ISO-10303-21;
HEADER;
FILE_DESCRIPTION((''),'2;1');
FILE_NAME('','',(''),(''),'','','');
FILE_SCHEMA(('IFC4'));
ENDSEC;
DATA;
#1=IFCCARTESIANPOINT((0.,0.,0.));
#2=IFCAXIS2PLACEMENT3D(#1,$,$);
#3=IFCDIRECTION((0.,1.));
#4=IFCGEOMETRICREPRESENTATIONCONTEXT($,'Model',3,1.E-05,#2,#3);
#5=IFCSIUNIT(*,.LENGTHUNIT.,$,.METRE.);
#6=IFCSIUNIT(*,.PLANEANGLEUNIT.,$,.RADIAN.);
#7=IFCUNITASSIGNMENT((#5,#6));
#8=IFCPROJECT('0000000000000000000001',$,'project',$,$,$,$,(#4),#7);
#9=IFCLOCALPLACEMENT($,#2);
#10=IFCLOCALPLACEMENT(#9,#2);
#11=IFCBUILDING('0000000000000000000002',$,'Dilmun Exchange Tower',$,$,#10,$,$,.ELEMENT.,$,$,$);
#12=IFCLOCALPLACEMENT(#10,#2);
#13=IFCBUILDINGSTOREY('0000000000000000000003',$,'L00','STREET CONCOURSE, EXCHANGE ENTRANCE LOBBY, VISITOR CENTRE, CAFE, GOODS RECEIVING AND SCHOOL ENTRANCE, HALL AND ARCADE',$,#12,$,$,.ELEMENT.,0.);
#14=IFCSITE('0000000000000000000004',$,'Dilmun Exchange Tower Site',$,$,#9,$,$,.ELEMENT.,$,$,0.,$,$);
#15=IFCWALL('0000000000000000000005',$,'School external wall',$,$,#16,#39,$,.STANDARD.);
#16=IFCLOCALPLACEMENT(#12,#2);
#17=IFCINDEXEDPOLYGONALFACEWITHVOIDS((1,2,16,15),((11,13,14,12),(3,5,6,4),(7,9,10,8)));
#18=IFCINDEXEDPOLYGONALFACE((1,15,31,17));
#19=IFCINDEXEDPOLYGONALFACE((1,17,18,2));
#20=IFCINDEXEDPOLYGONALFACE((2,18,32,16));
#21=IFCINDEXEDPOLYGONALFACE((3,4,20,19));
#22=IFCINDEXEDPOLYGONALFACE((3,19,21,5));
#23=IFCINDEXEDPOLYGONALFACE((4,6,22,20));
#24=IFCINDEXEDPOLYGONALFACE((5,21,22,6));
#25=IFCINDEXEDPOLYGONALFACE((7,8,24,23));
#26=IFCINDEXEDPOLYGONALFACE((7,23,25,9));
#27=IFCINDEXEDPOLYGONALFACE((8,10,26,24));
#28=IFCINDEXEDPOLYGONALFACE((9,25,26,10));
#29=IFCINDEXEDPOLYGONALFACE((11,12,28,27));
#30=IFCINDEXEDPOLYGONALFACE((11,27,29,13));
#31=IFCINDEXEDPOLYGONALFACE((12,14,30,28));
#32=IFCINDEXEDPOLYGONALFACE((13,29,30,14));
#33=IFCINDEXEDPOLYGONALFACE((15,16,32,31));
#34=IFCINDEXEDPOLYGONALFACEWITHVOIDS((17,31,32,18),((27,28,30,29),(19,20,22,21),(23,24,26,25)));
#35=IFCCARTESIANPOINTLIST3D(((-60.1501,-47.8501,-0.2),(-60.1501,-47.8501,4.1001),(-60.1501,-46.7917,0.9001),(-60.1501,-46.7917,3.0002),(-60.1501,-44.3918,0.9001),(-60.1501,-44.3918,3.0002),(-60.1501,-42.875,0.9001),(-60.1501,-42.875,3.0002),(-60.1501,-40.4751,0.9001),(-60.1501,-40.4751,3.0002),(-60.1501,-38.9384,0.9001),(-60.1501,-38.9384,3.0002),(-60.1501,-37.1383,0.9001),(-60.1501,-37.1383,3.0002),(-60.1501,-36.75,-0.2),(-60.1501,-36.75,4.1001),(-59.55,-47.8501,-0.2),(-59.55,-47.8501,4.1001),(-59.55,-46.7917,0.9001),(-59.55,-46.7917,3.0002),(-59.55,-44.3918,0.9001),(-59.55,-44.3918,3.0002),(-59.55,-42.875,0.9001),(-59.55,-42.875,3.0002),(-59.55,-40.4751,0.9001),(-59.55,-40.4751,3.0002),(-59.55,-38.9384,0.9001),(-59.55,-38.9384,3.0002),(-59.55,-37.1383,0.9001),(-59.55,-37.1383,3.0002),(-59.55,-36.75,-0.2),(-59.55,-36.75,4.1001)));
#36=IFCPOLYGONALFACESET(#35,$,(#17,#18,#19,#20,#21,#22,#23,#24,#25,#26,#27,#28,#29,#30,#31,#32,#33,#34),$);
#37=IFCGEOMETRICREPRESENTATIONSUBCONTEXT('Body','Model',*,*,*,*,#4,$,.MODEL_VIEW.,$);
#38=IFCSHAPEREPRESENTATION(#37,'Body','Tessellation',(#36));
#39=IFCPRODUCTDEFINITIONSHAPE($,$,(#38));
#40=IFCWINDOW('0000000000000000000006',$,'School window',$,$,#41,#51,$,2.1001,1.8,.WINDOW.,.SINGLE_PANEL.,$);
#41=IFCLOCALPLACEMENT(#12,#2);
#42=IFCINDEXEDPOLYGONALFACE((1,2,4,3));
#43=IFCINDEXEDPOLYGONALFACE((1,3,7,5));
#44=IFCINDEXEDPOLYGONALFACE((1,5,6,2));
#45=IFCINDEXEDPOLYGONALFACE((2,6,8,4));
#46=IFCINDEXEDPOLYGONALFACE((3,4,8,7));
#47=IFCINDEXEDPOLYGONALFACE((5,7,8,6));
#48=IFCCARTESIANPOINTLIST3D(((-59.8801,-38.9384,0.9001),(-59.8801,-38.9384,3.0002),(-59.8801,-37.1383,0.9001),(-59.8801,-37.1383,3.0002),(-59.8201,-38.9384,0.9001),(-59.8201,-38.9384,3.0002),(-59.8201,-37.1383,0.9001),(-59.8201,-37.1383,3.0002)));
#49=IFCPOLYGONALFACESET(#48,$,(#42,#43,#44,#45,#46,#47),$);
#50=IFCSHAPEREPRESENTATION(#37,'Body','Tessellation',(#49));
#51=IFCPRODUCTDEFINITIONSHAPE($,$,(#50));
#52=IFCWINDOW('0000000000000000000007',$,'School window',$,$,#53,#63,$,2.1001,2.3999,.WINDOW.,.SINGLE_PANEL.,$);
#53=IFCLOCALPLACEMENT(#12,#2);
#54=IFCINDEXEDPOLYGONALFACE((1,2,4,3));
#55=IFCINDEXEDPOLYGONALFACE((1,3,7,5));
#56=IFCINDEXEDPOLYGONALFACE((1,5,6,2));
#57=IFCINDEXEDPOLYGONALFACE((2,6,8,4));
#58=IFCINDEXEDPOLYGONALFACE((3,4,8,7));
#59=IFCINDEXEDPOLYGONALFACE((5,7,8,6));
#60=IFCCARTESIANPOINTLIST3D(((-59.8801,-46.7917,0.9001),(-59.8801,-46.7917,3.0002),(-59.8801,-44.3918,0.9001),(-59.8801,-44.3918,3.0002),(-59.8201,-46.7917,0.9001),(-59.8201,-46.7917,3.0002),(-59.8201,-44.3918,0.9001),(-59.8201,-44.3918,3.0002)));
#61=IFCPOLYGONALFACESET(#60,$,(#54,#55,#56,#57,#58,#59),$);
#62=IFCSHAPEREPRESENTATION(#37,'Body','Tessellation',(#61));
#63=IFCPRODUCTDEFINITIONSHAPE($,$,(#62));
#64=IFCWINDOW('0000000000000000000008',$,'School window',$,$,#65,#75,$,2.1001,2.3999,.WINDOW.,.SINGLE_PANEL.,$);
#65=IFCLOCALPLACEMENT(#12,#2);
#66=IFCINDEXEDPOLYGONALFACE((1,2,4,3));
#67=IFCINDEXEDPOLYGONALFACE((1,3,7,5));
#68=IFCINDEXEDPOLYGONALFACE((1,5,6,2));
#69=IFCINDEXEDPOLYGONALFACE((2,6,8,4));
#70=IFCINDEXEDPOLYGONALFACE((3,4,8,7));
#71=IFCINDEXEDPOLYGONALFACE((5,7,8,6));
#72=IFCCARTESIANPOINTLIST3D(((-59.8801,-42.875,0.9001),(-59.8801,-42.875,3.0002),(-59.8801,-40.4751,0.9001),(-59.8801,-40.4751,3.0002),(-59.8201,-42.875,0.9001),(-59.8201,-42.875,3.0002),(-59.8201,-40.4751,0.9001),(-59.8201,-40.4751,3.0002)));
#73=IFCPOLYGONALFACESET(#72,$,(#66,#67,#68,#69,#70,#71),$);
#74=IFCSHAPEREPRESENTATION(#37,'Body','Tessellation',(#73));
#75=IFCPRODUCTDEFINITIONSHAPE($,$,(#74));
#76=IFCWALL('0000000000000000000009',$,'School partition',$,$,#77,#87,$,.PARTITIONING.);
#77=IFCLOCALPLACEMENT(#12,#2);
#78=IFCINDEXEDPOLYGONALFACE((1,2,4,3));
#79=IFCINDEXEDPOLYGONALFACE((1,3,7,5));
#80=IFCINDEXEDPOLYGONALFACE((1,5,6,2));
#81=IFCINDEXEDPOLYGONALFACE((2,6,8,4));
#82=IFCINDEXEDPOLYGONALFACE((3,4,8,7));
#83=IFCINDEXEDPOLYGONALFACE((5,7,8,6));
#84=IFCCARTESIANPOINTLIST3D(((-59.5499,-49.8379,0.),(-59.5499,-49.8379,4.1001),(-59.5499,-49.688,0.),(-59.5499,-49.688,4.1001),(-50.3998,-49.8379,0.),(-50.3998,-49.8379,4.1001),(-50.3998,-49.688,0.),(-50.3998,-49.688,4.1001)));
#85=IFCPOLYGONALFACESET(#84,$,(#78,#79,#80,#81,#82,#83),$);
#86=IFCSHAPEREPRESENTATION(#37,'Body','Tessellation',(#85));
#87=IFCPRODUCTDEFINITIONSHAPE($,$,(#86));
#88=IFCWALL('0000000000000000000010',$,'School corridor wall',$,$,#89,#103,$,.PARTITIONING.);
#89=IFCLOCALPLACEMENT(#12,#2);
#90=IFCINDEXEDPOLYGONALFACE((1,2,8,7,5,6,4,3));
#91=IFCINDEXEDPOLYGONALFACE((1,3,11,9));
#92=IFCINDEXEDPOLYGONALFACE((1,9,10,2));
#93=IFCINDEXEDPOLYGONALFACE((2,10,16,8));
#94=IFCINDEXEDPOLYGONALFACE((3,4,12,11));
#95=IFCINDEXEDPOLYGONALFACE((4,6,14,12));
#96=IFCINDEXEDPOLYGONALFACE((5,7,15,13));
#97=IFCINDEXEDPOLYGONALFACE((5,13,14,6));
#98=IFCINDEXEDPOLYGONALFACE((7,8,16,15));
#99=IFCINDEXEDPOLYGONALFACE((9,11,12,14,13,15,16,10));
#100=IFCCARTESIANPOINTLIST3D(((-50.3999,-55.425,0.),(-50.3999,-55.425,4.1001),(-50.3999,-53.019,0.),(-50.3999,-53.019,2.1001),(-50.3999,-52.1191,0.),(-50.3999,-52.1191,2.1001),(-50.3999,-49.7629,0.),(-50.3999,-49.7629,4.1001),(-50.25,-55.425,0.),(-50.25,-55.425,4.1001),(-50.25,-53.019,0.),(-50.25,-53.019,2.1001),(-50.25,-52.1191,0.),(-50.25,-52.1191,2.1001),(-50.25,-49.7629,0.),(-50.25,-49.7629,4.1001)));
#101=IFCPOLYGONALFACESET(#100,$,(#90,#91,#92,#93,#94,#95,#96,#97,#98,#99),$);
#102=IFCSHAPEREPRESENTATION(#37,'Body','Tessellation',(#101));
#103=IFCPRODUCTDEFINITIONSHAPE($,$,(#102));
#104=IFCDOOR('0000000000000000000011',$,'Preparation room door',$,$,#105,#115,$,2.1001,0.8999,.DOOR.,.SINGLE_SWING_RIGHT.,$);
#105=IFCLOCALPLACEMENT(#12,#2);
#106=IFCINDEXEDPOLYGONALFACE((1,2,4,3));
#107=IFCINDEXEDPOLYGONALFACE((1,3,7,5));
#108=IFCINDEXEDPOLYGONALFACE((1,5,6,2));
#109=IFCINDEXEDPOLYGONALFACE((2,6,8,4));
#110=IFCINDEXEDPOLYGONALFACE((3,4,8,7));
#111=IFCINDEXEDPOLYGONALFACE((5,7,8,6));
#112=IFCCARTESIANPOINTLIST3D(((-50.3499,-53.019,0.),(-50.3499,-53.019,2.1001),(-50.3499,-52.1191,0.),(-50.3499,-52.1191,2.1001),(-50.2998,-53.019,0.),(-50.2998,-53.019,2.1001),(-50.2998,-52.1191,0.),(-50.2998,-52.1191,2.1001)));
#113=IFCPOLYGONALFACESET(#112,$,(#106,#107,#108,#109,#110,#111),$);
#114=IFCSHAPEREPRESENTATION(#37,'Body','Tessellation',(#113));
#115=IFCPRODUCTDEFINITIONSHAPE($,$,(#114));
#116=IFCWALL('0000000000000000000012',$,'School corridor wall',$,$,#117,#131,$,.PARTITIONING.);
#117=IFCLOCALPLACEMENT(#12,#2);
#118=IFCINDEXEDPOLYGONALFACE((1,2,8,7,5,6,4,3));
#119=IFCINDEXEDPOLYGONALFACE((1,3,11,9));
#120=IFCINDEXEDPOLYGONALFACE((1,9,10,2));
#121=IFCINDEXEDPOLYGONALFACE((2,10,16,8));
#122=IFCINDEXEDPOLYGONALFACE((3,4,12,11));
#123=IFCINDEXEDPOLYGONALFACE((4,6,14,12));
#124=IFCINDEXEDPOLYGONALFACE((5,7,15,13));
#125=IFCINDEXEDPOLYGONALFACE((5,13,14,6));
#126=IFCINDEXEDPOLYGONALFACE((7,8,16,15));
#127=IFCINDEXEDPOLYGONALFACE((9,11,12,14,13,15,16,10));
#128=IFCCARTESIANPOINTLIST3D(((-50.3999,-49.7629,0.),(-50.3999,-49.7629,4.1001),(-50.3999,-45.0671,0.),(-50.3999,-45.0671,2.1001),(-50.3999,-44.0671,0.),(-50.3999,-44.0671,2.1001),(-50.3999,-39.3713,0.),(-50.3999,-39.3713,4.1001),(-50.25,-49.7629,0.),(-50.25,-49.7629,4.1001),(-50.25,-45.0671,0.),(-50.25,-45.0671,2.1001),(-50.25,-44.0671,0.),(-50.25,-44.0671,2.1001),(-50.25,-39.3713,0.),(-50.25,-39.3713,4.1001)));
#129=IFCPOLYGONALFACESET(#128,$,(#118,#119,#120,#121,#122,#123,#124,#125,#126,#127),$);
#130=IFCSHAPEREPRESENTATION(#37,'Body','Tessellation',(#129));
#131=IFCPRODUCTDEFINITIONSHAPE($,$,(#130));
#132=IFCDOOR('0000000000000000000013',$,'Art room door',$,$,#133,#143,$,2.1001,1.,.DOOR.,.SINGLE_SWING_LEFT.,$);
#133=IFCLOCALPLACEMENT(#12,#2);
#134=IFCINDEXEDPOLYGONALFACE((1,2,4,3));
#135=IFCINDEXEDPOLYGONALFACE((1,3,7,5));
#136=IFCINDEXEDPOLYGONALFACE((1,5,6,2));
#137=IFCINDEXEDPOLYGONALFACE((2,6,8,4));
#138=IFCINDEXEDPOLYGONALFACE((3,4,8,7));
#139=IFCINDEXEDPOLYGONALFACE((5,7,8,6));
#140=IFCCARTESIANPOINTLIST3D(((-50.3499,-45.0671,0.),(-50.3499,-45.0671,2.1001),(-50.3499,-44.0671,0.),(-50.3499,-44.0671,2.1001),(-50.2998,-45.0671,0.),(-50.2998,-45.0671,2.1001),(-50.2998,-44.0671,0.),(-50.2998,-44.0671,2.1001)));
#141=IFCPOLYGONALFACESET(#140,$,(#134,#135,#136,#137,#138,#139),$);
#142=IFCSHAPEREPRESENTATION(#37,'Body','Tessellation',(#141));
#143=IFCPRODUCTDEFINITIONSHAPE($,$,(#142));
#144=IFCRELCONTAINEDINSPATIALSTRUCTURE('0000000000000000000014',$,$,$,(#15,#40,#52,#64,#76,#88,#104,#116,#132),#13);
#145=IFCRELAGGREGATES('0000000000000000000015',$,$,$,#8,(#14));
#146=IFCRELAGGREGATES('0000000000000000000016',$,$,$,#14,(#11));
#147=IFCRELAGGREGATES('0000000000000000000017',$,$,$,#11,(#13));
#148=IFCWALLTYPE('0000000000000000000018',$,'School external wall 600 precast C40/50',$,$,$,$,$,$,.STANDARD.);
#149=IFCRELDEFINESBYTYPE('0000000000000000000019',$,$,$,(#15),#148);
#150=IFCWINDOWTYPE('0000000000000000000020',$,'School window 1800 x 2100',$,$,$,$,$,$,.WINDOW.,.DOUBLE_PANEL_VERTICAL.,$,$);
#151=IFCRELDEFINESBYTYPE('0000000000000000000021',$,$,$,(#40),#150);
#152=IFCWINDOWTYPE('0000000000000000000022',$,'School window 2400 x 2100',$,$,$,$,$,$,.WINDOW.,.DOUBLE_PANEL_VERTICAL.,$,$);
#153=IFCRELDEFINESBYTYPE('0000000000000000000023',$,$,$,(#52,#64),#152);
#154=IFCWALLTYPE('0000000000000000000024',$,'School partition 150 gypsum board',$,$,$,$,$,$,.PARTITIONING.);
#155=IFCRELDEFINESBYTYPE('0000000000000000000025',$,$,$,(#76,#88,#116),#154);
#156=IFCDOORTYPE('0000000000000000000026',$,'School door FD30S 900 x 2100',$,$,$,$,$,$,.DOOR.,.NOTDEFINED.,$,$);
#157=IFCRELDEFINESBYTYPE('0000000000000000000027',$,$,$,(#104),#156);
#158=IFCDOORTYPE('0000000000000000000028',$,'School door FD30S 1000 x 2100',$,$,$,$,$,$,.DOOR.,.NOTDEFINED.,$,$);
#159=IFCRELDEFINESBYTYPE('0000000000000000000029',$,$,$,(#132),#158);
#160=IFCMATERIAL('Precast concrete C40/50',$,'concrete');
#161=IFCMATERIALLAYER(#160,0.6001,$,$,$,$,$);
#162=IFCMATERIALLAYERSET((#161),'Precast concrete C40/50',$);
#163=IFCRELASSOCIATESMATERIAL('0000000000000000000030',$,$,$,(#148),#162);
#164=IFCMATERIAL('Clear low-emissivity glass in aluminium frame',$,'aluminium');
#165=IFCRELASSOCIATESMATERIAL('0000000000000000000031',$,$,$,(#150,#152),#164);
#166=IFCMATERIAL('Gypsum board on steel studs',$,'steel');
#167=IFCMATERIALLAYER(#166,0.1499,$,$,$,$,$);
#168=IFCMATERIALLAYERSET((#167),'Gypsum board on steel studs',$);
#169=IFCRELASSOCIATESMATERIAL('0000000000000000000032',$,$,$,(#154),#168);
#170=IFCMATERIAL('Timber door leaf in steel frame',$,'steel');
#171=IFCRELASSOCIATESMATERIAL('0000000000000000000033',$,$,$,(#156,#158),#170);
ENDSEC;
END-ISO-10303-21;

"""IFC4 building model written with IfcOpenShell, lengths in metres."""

from ifc_helpers import new_model, si_unit, direction, frame, frame_2d, origin, place, context, subcontext, project, spatial, rectangle, extrude, material, layer, layer_set, type_object, element, fill, save


model = new_model("IFC4")

# Units and contexts
model_context = context("Model", 3, precision=1e-05, world=origin(), true_north=direction((0.0, 1.0)))
body_context = subcontext(model_context, "Body", "Model", "MODEL_VIEW")
ifc_project = project(units=[si_unit("LENGTHUNIT", "METRE"), si_unit("PLANEANGLEUNIT", "RADIAN")], contexts=[model_context])

# Site, building, storey
site_placement = place(None, origin())
site = spatial("IfcSite", under=ifc_project, at=site_placement, Name="Dilmun Exchange Tower Site", CompositionType="ELEMENT", RefElevation=0.0)
building_placement = place(site_placement, origin())
building = spatial("IfcBuilding", under=site, at=building_placement, Name="Dilmun Exchange Tower", CompositionType="ELEMENT")
storey_placement = place(building_placement, origin())
storey = spatial("IfcBuildingStorey", under=building, at=storey_placement, Name="L00", Description="STREET CONCOURSE, EXCHANGE ENTRANCE LOBBY, VISITOR CENTRE, CAFE, GOODS RECEIVING AND SCHOOL ENTRANCE, HALL AND ARCADE", CompositionType="ELEMENT", Elevation=0.0)

# Wall, openings, windows
ifc_material_1 = material(Name="Precast concrete C40/50", Category="concrete")
ifc_layer_1 = layer(ifc_material_1, 0.6001)
ifc_layer_set_1 = layer_set([ifc_layer_1], Name="Precast concrete C40/50")
wall_type_1 = type_object("IfcWallType", Name="School external wall 600 precast C40/50", PredefinedType="STANDARD", material=ifc_layer_set_1)
wall_1_placement = place(storey_placement, frame((-59.8501, -47.8501, -0.2), z_axis=(0.0, 0.0, 1.0), x_axis=(0.0, 1.0, 0.0)))
wall_1 = element("IfcWall", 1, at=wall_1_placement, inside=storey, type_object=wall_type_1, Name="School external wall", PredefinedType="STANDARD", context=body_context, shape_type="SweptSolid", body=[
    extrude(rectangle(XDim=11.1001, YDim=0.6001, at=frame_2d((5.55, 0.0))), origin(), (0.0, 0.0, 1.0), 4.3),
])
opening_1_placement = place(wall_1_placement, frame((1.0583, 0.0, 1.1001)))
opening_1 = element("IfcOpeningElement", 2, at=opening_1_placement, cuts=wall_1, PredefinedType="OPENING", context=body_context, shape_type="SweptSolid", body=[
    extrude(rectangle(XDim=2.3999, YDim=2.1001, at=frame_2d((1.2, 1.05))), frame((0.0, 0.3101, 0.0), z_axis=(0.0, -1.0, 0.0), x_axis=(1.0, 0.0, 0.0)), (0.0, 0.0, 1.0), 0.6201),
])
opening_2_placement = place(wall_1_placement, frame((4.9751, 0.0, 1.1001)))
opening_2 = element("IfcOpeningElement", 3, at=opening_2_placement, cuts=wall_1, PredefinedType="OPENING", context=body_context, shape_type="SweptSolid", body=[
    extrude(rectangle(XDim=2.3999, YDim=2.1001, at=frame_2d((1.2, 1.05))), frame((0.0, 0.3101, 0.0), z_axis=(0.0, -1.0, 0.0), x_axis=(1.0, 0.0, 0.0)), (0.0, 0.0, 1.0), 0.6201),
])
opening_3_placement = place(wall_1_placement, frame((8.9119, 0.0, 1.1001)))
opening_3 = element("IfcOpeningElement", 4, at=opening_3_placement, cuts=wall_1, PredefinedType="OPENING", context=body_context, shape_type="SweptSolid", body=[
    extrude(rectangle(XDim=1.8, YDim=2.1001, at=frame_2d((0.8999, 1.05))), frame((0.0, 0.3101, 0.0), z_axis=(0.0, -1.0, 0.0), x_axis=(1.0, 0.0, 0.0)), (0.0, 0.0, 1.0), 0.6201),
])
ifc_material_2 = material(Name="Clear low-emissivity glass in aluminium frame", Category="aluminium")
window_type_1 = type_object("IfcWindowType", Name="School window 1800 x 2100", PartitioningType="DOUBLE_PANEL_VERTICAL", PredefinedType="WINDOW", material=ifc_material_2)
window_1_placement = place(opening_3_placement, origin())
window_1 = element("IfcWindow", 5, at=window_1_placement, inside=storey, type_object=window_type_1, Name="School window", OverallHeight=2.1001, OverallWidth=1.8, PartitioningType="SINGLE_PANEL", PredefinedType="WINDOW", context=body_context, shape_type="SweptSolid", body=[
    extrude(rectangle(XDim=1.8, YDim=2.1001, at=frame_2d((0.8999, 1.05))), frame((0.0, 0.03, 0.0), z_axis=(0.0, -1.0, 0.0), x_axis=(1.0, 0.0, 0.0)), (0.0, 0.0, 1.0), 0.0601),
])
fill(opening_3, window_1)
window_type_2 = type_object("IfcWindowType", Name="School window 2400 x 2100", PartitioningType="DOUBLE_PANEL_VERTICAL", PredefinedType="WINDOW", material=ifc_material_2)
window_2_placement = place(opening_1_placement, origin())
window_2 = element("IfcWindow", 6, at=window_2_placement, inside=storey, type_object=window_type_2, Name="School window", OverallHeight=2.1001, OverallWidth=2.3999, PartitioningType="SINGLE_PANEL", PredefinedType="WINDOW", context=body_context, shape_type="SweptSolid", body=[
    extrude(rectangle(XDim=2.3999, YDim=2.1001, at=frame_2d((1.2, 1.05))), frame((0.0, 0.03, 0.0), z_axis=(0.0, -1.0, 0.0), x_axis=(1.0, 0.0, 0.0)), (0.0, 0.0, 1.0), 0.0601),
])
fill(opening_1, window_2)
window_3_placement = place(opening_2_placement, origin())
window_3 = element("IfcWindow", 7, at=window_3_placement, inside=storey, type_object=window_type_2, Name="School window", OverallHeight=2.1001, OverallWidth=2.3999, PartitioningType="SINGLE_PANEL", PredefinedType="WINDOW", context=body_context, shape_type="SweptSolid", body=[
    extrude(rectangle(XDim=2.3999, YDim=2.1001, at=frame_2d((1.2, 1.05))), frame((0.0, 0.03, 0.0), z_axis=(0.0, -1.0, 0.0), x_axis=(1.0, 0.0, 0.0)), (0.0, 0.0, 1.0), 0.0601),
])
fill(opening_2, window_3)

# Wall
ifc_material_3 = material(Name="Gypsum board on steel studs", Category="steel")
ifc_layer_2 = layer(ifc_material_3, 0.1499)
ifc_layer_set_2 = layer_set([ifc_layer_2], Name="Gypsum board on steel studs")
wall_type_2 = type_object("IfcWallType", Name="School partition 150 gypsum board", PredefinedType="PARTITIONING", material=ifc_layer_set_2)
wall_2_placement = place(storey_placement, frame((-59.55, -49.7629, 0.0), z_axis=(0.0, 0.0, 1.0), x_axis=(1.0, 0.0, 0.0)))
element("IfcWall", 8, at=wall_2_placement, inside=storey, type_object=wall_type_2, Name="School partition", PredefinedType="PARTITIONING", context=body_context, shape_type="SweptSolid", body=[
    extrude(rectangle(XDim=9.1501, YDim=0.1499, at=frame_2d((4.5752, 0.0))), origin(), (0.0, 0.0, 1.0), 4.1001),
])

# Walls, openings, doors
wall_3_placement = place(storey_placement, frame((-50.325, -55.425, 0.0), z_axis=(0.0, 0.0, 1.0), x_axis=(0.0, 1.0, 0.0)))
wall_3 = element("IfcWall", 9, at=wall_3_placement, inside=storey, type_object=wall_type_2, Name="School corridor wall", PredefinedType="PARTITIONING", context=body_context, shape_type="SweptSolid", body=[
    extrude(rectangle(XDim=5.6621, YDim=0.1499, at=frame_2d((2.8311, 0.0))), origin(), (0.0, 0.0, 1.0), 4.1001),
])
opening_4_placement = place(wall_3_placement, frame((2.406, 0.0, 0.0)))
opening_4 = element("IfcOpeningElement", 10, at=opening_4_placement, cuts=wall_3, PredefinedType="OPENING", context=body_context, shape_type="SweptSolid", body=[
    extrude(rectangle(XDim=0.8999, YDim=2.1001, at=frame_2d((0.45, 1.05))), frame((0.0, 0.085, 0.0), z_axis=(0.0, -1.0, 0.0), x_axis=(1.0, 0.0, 0.0)), (0.0, 0.0, 1.0), 0.1699),
])
ifc_material_4 = material(Name="Timber door leaf in steel frame", Category="steel")
door_type_1 = type_object("IfcDoorType", Name="School door FD30S 900 x 2100", OperationType="NOTDEFINED", PredefinedType="DOOR", material=ifc_material_4)
door_1_placement = place(opening_4_placement, origin())
door_1 = element("IfcDoor", 11, at=door_1_placement, inside=storey, type_object=door_type_1, Name="Preparation room door", OperationType="SINGLE_SWING_RIGHT", OverallHeight=2.1001, OverallWidth=0.8999, PredefinedType="DOOR", context=body_context, shape_type="SweptSolid", body=[
    extrude(rectangle(XDim=0.8999, YDim=2.1001, at=frame_2d((0.45, 1.05))), frame((0.0, 0.0249, 0.0), z_axis=(0.0, -1.0, 0.0), x_axis=(1.0, 0.0, 0.0)), (0.0, 0.0, 1.0), 0.05),
])
fill(opening_4, door_1)
wall_4_placement = place(storey_placement, frame((-50.325, -49.7629, 0.0), z_axis=(0.0, 0.0, 1.0), x_axis=(0.0, 1.0, 0.0)))
wall_4 = element("IfcWall", 12, at=wall_4_placement, inside=storey, type_object=wall_type_2, Name="School corridor wall", PredefinedType="PARTITIONING", context=body_context, shape_type="SweptSolid", body=[
    extrude(rectangle(XDim=10.3916, YDim=0.1499, at=frame_2d((5.1958, 0.0))), origin(), (0.0, 0.0, 1.0), 4.1001),
])
opening_5_placement = place(wall_4_placement, frame((4.6958, 0.0, 0.0)))
opening_5 = element("IfcOpeningElement", 13, at=opening_5_placement, cuts=wall_4, PredefinedType="OPENING", context=body_context, shape_type="SweptSolid", body=[
    extrude(rectangle(XDim=1.0, YDim=2.1001, at=frame_2d((0.5, 1.05))), frame((0.0, 0.085, 0.0), z_axis=(0.0, -1.0, 0.0), x_axis=(1.0, 0.0, 0.0)), (0.0, 0.0, 1.0), 0.1699),
])
door_type_2 = type_object("IfcDoorType", Name="School door FD30S 1000 x 2100", OperationType="NOTDEFINED", PredefinedType="DOOR", material=ifc_material_4)
door_2_placement = place(opening_5_placement, origin())
door_2 = element("IfcDoor", 14, at=door_2_placement, inside=storey, type_object=door_type_2, Name="Art room door", OperationType="SINGLE_SWING_LEFT", OverallHeight=2.1001, OverallWidth=1.0, PredefinedType="DOOR", context=body_context, shape_type="SweptSolid", body=[
    extrude(rectangle(XDim=1.0, YDim=2.1001, at=frame_2d((0.5, 1.05))), frame((0.0, 0.0249, 0.0), z_axis=(0.0, -1.0, 0.0), x_axis=(1.0, 0.0, 0.0)), (0.0, 0.0, 1.0), 0.05),
])
fill(opening_5, door_2)

save(model, "model.ifc")
